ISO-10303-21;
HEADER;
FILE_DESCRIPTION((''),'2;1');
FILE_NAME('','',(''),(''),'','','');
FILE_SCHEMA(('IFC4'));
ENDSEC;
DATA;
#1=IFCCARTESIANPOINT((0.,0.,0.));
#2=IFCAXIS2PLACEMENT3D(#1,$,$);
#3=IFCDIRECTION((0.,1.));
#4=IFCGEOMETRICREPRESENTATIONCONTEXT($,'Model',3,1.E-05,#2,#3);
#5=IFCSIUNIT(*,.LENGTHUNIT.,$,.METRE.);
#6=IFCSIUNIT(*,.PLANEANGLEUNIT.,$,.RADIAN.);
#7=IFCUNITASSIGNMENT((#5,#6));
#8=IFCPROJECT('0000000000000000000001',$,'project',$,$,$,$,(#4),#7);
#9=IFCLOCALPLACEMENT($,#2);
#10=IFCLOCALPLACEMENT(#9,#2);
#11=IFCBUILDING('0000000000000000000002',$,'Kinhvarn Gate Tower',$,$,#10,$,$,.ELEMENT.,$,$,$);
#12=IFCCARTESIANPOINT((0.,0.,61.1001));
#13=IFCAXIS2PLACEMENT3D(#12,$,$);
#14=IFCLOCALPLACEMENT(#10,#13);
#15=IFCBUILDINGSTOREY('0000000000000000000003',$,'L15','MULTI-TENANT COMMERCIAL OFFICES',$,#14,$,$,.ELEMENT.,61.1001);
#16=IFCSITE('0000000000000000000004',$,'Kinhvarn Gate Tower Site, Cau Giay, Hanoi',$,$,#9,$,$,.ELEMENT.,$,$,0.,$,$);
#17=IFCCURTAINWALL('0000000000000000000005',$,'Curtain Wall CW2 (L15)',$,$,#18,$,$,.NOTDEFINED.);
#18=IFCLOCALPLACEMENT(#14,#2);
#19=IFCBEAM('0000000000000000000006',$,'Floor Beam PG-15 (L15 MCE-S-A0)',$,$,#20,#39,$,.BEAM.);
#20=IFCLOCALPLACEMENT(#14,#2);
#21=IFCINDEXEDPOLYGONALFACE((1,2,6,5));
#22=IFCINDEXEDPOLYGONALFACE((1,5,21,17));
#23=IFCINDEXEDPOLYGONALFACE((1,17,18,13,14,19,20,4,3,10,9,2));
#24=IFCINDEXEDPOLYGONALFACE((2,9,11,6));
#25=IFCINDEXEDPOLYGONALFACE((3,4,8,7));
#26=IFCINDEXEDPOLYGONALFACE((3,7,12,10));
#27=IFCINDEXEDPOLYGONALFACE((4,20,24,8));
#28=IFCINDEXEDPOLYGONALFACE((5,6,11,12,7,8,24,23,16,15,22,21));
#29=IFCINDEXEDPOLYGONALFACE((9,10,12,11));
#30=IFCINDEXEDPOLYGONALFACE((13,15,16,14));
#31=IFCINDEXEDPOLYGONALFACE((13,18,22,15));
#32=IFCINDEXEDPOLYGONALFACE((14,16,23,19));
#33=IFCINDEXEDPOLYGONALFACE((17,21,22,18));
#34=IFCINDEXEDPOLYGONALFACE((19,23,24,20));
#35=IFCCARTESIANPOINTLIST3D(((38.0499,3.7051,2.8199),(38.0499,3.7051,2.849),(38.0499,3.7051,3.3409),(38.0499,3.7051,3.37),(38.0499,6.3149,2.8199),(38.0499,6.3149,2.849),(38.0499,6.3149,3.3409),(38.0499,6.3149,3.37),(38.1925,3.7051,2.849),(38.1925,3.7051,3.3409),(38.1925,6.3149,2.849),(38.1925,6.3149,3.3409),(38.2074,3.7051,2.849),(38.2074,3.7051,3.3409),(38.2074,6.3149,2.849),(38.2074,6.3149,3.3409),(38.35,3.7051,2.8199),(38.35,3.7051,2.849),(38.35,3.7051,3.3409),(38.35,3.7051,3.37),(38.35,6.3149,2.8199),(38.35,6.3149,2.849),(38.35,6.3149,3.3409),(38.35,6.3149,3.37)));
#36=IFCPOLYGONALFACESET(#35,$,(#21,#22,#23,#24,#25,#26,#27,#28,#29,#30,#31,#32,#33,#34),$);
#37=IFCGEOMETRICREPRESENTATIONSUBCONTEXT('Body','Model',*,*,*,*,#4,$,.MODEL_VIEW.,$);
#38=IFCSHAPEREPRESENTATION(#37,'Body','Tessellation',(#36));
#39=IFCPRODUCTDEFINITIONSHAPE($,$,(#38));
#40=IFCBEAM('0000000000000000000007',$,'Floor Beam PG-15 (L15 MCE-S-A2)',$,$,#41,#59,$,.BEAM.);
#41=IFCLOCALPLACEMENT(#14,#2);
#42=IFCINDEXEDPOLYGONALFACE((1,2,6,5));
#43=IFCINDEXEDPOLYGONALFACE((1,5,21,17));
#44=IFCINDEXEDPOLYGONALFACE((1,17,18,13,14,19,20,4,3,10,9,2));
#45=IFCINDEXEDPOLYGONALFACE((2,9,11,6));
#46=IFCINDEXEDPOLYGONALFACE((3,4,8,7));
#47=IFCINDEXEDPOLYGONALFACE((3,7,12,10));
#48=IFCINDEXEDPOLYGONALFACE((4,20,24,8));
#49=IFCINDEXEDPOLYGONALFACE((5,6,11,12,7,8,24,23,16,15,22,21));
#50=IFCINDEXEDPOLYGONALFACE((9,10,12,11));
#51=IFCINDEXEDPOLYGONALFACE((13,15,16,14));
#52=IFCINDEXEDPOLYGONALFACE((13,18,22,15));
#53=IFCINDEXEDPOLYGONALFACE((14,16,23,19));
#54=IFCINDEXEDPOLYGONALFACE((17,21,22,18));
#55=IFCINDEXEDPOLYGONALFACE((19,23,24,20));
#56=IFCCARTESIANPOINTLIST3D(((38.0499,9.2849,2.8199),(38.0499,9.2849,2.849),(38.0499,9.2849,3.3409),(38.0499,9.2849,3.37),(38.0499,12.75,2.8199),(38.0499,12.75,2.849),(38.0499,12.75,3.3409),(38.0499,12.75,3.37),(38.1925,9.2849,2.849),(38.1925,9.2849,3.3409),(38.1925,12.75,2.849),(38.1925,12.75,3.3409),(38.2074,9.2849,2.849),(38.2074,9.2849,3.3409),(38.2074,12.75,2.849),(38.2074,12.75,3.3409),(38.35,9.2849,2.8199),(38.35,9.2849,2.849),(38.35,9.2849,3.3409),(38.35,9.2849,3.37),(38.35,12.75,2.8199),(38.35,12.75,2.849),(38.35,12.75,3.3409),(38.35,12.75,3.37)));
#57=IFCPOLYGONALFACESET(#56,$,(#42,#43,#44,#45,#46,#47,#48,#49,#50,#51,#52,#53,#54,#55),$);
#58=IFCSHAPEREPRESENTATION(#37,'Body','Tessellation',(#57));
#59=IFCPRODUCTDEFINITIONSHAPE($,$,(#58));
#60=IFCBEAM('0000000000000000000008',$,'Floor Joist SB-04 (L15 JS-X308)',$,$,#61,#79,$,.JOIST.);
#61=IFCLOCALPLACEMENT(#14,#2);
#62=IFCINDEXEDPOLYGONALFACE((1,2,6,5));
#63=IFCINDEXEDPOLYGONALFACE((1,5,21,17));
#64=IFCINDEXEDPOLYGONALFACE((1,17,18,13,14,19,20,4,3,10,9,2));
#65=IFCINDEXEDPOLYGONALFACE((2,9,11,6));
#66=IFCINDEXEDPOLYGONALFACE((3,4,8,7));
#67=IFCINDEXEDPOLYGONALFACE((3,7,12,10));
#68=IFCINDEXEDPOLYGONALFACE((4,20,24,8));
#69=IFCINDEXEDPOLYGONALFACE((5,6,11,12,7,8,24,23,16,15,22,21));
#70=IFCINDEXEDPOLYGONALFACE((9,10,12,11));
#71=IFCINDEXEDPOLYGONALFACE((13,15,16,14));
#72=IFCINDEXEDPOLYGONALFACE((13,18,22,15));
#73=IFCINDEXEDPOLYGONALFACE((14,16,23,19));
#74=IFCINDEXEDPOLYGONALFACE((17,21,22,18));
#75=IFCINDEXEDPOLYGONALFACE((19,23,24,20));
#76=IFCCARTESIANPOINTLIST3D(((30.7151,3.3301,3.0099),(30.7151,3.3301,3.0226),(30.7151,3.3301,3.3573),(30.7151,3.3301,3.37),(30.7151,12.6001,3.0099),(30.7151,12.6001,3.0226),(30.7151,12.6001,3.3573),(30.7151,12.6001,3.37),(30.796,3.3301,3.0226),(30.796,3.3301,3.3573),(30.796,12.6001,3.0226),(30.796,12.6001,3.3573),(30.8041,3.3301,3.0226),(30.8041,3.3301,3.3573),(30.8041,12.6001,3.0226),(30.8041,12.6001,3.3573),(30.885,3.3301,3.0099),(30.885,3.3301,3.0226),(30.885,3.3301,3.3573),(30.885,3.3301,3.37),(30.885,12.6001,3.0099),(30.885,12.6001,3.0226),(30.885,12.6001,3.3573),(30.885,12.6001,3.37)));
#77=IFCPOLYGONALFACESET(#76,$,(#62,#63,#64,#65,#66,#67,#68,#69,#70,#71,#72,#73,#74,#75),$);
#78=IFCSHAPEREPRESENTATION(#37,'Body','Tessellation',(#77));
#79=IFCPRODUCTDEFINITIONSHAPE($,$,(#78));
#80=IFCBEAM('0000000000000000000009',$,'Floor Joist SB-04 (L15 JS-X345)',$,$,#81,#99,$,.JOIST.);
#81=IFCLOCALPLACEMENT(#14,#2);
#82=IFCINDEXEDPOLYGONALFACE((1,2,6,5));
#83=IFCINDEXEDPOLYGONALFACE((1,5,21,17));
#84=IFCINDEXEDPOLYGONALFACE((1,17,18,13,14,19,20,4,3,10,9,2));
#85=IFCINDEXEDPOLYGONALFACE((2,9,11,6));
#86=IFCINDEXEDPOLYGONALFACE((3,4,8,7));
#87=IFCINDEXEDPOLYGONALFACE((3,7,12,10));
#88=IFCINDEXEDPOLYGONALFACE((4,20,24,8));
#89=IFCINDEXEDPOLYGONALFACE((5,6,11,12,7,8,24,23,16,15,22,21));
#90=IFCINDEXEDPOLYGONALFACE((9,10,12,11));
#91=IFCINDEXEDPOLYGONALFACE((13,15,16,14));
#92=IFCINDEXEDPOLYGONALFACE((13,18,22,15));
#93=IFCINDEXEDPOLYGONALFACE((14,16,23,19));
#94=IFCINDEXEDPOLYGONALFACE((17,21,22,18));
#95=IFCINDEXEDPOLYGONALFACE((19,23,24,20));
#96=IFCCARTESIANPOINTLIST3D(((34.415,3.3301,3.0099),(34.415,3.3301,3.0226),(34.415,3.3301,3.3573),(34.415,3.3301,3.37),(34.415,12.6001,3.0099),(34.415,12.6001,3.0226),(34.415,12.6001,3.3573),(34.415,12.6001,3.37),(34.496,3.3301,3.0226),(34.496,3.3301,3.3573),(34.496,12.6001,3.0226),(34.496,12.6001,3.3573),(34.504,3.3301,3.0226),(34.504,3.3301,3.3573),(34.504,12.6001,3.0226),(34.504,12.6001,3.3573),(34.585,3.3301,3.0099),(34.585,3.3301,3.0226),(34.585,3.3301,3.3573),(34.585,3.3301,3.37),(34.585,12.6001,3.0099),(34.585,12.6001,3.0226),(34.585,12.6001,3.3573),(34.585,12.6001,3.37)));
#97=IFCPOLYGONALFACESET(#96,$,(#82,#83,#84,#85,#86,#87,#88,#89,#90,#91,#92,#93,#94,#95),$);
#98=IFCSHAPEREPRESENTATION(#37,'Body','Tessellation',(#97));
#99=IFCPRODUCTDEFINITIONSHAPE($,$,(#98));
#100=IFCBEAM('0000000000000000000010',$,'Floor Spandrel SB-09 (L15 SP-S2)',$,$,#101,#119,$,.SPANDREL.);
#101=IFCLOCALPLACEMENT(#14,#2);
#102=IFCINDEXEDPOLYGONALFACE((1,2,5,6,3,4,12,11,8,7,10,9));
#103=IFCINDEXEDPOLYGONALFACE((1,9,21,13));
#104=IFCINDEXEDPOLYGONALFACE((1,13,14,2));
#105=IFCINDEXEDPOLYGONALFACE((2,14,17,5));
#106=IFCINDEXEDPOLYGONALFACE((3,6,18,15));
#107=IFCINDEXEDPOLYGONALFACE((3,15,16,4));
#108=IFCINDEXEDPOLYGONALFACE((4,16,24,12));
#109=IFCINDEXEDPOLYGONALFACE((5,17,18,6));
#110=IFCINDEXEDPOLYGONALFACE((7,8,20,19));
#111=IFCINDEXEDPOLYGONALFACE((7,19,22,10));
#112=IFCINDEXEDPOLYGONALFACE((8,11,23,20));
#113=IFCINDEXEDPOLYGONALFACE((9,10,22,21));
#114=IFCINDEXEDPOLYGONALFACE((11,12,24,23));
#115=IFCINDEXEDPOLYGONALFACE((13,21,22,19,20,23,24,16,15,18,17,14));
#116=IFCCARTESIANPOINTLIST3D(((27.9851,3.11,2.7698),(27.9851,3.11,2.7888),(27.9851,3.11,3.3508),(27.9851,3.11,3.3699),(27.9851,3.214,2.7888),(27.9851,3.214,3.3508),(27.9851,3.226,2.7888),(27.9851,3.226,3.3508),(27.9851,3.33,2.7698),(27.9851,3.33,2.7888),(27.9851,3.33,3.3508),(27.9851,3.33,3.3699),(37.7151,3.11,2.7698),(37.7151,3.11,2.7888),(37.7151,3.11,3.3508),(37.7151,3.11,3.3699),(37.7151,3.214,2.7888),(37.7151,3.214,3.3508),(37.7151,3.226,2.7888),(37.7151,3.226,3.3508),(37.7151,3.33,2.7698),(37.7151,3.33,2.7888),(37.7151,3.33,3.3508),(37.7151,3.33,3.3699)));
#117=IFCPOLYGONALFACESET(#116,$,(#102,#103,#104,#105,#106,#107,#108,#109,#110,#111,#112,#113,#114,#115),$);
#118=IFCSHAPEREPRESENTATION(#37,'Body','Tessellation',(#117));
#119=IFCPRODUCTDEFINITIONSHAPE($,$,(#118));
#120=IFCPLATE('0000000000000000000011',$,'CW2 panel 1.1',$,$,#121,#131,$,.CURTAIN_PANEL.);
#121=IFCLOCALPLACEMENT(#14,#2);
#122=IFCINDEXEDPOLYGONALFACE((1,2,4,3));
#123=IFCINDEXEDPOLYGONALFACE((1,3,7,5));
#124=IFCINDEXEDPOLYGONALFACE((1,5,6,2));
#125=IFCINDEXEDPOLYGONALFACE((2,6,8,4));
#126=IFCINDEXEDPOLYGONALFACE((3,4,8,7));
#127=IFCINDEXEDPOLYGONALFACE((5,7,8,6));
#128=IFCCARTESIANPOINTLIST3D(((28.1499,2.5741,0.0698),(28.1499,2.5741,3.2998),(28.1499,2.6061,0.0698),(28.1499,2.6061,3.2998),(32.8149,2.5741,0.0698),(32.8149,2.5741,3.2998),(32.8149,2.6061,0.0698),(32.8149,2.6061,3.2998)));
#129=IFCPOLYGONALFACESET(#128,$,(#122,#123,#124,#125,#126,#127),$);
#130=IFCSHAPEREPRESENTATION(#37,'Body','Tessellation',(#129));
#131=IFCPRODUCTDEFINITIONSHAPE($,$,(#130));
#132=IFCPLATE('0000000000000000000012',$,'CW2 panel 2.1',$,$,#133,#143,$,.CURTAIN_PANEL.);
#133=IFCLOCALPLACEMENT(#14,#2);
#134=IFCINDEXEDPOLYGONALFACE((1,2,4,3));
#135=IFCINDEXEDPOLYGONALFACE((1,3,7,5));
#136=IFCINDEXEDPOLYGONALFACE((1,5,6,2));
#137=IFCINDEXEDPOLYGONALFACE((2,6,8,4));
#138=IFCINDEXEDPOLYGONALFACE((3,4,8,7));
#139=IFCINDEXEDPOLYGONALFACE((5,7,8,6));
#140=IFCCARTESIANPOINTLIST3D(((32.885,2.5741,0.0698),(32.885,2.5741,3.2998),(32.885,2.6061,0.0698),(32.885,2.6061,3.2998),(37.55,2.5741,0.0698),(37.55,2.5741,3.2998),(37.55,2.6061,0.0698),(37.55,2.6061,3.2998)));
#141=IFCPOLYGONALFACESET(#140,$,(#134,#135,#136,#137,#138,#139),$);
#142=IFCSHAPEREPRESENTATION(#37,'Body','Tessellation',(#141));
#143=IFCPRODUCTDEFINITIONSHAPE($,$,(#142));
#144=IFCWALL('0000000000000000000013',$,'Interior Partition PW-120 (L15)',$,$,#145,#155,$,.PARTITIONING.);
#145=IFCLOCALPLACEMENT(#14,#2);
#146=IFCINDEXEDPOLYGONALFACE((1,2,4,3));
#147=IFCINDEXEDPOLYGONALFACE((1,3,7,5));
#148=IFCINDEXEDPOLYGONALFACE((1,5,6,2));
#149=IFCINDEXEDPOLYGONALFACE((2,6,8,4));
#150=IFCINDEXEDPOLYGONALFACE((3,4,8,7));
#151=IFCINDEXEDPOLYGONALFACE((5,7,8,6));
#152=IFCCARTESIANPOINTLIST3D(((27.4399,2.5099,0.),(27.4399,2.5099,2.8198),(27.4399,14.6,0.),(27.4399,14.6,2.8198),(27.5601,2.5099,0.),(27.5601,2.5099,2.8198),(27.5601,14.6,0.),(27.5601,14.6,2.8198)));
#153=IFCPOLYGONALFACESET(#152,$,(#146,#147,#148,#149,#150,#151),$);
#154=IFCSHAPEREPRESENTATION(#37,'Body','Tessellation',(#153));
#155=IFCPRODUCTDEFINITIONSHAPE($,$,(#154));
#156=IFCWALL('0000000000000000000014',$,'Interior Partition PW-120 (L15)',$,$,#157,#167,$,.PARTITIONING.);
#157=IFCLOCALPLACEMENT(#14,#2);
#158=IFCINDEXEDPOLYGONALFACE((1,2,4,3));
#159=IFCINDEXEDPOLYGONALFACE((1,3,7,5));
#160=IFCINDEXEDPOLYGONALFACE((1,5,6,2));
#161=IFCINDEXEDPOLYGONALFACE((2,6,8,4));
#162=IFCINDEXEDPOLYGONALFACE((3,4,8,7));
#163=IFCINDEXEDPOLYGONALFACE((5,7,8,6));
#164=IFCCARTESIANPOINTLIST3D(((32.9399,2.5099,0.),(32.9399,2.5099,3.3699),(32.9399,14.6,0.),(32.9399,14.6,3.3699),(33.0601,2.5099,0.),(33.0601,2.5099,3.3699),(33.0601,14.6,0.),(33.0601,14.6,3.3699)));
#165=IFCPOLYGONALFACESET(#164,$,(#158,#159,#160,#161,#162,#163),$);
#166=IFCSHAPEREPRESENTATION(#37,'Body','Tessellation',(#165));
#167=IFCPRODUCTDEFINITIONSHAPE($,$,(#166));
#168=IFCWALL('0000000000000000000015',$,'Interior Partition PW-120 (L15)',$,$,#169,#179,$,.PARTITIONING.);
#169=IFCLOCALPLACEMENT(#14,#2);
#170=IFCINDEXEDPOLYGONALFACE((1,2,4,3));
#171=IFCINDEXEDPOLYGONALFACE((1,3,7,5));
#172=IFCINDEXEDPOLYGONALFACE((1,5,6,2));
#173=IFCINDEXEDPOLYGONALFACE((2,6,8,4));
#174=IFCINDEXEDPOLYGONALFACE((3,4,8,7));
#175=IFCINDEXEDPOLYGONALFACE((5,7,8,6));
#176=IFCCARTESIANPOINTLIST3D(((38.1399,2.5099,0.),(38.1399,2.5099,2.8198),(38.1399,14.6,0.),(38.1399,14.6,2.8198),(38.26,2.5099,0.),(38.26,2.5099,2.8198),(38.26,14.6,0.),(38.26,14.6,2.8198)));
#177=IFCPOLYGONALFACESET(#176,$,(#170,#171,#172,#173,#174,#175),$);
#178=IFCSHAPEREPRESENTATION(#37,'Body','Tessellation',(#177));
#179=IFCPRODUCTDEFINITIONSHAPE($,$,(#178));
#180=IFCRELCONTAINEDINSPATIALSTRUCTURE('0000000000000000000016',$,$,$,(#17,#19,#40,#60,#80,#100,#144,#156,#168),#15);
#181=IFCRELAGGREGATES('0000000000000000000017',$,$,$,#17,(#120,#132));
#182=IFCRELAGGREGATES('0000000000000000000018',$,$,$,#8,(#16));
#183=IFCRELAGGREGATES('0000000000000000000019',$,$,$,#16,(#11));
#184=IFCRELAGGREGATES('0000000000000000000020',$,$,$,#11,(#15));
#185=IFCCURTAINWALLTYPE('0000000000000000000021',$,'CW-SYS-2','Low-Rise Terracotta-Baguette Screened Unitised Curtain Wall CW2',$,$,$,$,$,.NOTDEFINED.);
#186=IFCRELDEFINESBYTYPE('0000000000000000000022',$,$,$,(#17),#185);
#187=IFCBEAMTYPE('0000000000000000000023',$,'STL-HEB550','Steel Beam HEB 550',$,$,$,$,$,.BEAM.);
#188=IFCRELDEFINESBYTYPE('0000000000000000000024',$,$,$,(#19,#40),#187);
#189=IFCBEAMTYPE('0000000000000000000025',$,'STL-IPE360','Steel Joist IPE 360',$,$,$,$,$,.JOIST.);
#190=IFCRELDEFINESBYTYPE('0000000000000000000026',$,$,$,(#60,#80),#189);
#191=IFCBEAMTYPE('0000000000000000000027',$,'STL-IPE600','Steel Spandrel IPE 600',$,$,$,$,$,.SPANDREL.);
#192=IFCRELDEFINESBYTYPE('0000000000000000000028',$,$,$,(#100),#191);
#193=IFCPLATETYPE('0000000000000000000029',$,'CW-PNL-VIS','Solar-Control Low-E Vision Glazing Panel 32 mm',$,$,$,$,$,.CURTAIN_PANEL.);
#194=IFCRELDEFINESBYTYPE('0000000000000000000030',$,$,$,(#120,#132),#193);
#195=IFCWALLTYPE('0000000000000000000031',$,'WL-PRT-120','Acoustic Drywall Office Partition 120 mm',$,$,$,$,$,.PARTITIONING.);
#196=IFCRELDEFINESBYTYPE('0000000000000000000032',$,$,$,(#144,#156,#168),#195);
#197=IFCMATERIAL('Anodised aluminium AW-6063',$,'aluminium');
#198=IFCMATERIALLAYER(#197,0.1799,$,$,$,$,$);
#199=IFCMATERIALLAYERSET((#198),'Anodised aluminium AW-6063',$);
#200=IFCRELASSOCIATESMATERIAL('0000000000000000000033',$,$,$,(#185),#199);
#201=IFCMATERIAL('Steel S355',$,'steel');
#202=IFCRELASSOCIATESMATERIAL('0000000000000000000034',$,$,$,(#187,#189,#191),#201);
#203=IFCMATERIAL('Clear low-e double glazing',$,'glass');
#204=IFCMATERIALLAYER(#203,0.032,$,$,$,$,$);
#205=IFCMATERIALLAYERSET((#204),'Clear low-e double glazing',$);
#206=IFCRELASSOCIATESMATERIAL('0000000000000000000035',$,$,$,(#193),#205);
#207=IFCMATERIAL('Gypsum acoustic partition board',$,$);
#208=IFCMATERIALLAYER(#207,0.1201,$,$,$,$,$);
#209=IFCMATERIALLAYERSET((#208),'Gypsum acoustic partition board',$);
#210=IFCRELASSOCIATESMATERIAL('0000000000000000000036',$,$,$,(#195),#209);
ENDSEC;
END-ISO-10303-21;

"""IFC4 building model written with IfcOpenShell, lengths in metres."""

from ifc_helpers import new_model, si_unit, direction, frame, frame_2d, origin, origin_2d, place, context, subcontext, project, spatial, rectangle, i_section, extrude, material, layer, layer_set, material_profile, profile_set, type_object, element, aggregate, save


model = new_model("IFC4")

# Units and contexts
model_context = context("Model", 3, precision=1e-05, world=origin(), true_north=direction((0.0, 1.0)))
body_context = subcontext(model_context, "Body", "Model", "MODEL_VIEW")
ifc_project = project(units=[si_unit("LENGTHUNIT", "METRE"), si_unit("PLANEANGLEUNIT", "RADIAN")], contexts=[model_context])

# Site, building, storey
site_placement = place(None, origin())
site = spatial("IfcSite", under=ifc_project, at=site_placement, Name="Kinhvarn Gate Tower Site, Cau Giay, Hanoi", CompositionType="ELEMENT", RefElevation=0.0)
building_placement = place(site_placement, origin())
building = spatial("IfcBuilding", under=site, at=building_placement, Name="Kinhvarn Gate Tower", CompositionType="ELEMENT")
storey_placement = place(building_placement, frame((0.0, 0.0, 61.1001)))
storey = spatial("IfcBuildingStorey", under=building, at=storey_placement, Name="L15", Description="MULTI-TENANT COMMERCIAL OFFICES", CompositionType="ELEMENT", Elevation=61.1001)

# Shared definitions
ifc_material_1 = material(Name="Anodised aluminium AW-6063", Category="aluminium")
ifc_layer_1 = layer(ifc_material_1, 0.1799)
ifc_layer_set_1 = layer_set([ifc_layer_1], Name="Anodised aluminium AW-6063")
curtain_wall_type = type_object("IfcCurtainWallType", Name="CW-SYS-2", Description="Low-Rise Terracotta-Baguette Screened Unitised Curtain Wall CW2", PredefinedType="NOTDEFINED", material=ifc_layer_set_1)

# Curtain wall
curtain_wall_1_placement = place(storey_placement, origin())
curtain_wall_1 = element("IfcCurtainWall", 1, at=curtain_wall_1_placement, inside=storey, type_object=curtain_wall_type, Name="Curtain Wall CW2 (L15)", PredefinedType="NOTDEFINED")

# Beams
ifc_material_2 = material(Name="Steel S355", Category="steel")
ifc_material_profile_1 = material_profile(ifc_material_2, i_section(OverallWidth=0.3, OverallDepth=0.55, WebThickness=0.0149, FlangeThickness=0.0291, at=origin_2d()), Name="HEB 550")
ifc_profile_set_1 = profile_set([ifc_material_profile_1], Name="Steel S355")
beam_type_1 = type_object("IfcBeamType", Name="STL-HEB550", Description="Steel Beam HEB 550", PredefinedType="BEAM", material=ifc_profile_set_1)
beam_1_placement = place(storey_placement, frame((38.2, 3.7051, 3.095), z_axis=(0.0, 1.0, 0.0), x_axis=(-1.0, 0.0, 0.0)))
element("IfcBeam", 2, at=beam_1_placement, inside=storey, type_object=beam_type_1, Name="Floor Beam PG-15 (L15 MCE-S-A0)", PredefinedType="BEAM", context=body_context, shape_type="SweptSolid", body=[
    extrude(i_section(OverallWidth=0.3, OverallDepth=0.55, WebThickness=0.0149, FlangeThickness=0.0291, at=origin_2d()), origin(), (0.0, 0.0, 1.0), 2.6099),
])
beam_2_placement = place(storey_placement, frame((38.2, 9.2849, 3.095), z_axis=(0.0, 1.0, 0.0), x_axis=(-1.0, 0.0, 0.0)))
element("IfcBeam", 3, at=beam_2_placement, inside=storey, type_object=beam_type_1, Name="Floor Beam PG-15 (L15 MCE-S-A2)", PredefinedType="BEAM", context=body_context, shape_type="SweptSolid", body=[
    extrude(i_section(OverallWidth=0.3, OverallDepth=0.55, WebThickness=0.0149, FlangeThickness=0.0291, at=origin_2d()), origin(), (0.0, 0.0, 1.0), 3.4651),
])
ifc_material_profile_2 = material_profile(ifc_material_2, i_section(OverallWidth=0.1699, OverallDepth=0.3601, WebThickness=0.0081, FlangeThickness=0.0127, at=origin_2d()), Name="IPE 360")
ifc_profile_set_2 = profile_set([ifc_material_profile_2], Name="Steel S355")
beam_type_2 = type_object("IfcBeamType", Name="STL-IPE360", Description="Steel Joist IPE 360", PredefinedType="JOIST", material=ifc_profile_set_2)
for number, where, z_axis, x_axis, name in (
    (4, (30.8, 3.3301, 3.1899), (0.0, 1.0, 0.0), (-1.0, 0.0, 0.0), "Floor Joist SB-04 (L15 JS-X308)"),
    (5, (34.5, 3.3301, 3.1899), (0.0, 1.0, 0.0), (-1.0, 0.0, 0.0), "Floor Joist SB-04 (L15 JS-X345)"),
):
    element("IfcBeam", number, at=place(storey_placement, frame(where, z_axis=z_axis, x_axis=x_axis)), inside=storey, type_object=beam_type_2, Name=name, PredefinedType="JOIST", context=body_context, shape_type="SweptSolid", body=[
        extrude(i_section(OverallWidth=0.1699, OverallDepth=0.3601, WebThickness=0.0081, FlangeThickness=0.0127, at=origin_2d()), origin(), (0.0, 0.0, 1.0), 9.27),
    ])
ifc_material_profile_3 = material_profile(ifc_material_2, i_section(OverallWidth=0.22, OverallDepth=0.6001, WebThickness=0.012, FlangeThickness=0.019, at=origin_2d()), Name="IPE 600")
ifc_profile_set_3 = profile_set([ifc_material_profile_3], Name="Steel S355")
beam_type_3 = type_object("IfcBeamType", Name="STL-IPE600", Description="Steel Spandrel IPE 600", PredefinedType="SPANDREL", material=ifc_profile_set_3)
beam_3_placement = place(storey_placement, frame((27.9851, 3.22, 3.0698), z_axis=(1.0, 0.0, 0.0), x_axis=(0.0, 1.0, 0.0)))
element("IfcBeam", 6, at=beam_3_placement, inside=storey, type_object=beam_type_3, Name="Floor Spandrel SB-09 (L15 SP-S2)", PredefinedType="SPANDREL", context=body_context, shape_type="SweptSolid", body=[
    extrude(i_section(OverallWidth=0.22, OverallDepth=0.6001, WebThickness=0.012, FlangeThickness=0.019, at=origin_2d()), origin(), (0.0, 0.0, 1.0), 9.73),
])

# Plates
ifc_material_3 = material(Name="Clear low-e double glazing", Category="glass")
ifc_layer_2 = layer(ifc_material_3, 0.032)
ifc_layer_set_2 = layer_set([ifc_layer_2], Name="Clear low-e double glazing")
plate_type = type_object("IfcPlateType", Name="CW-PNL-VIS", Description="Solar-Control Low-E Vision Glazing Panel 32 mm", PredefinedType="CURTAIN_PANEL", material=ifc_layer_set_2)
plate_1_placement = place(storey_placement, frame((30.4824, 2.5901, 0.0698), z_axis=(0.0, 0.0, 1.0), x_axis=(1.0, 0.0, 0.0)))
plate_1 = element("IfcPlate", 7, at=plate_1_placement, type_object=plate_type, Name="CW2 panel 1.1", PredefinedType="CURTAIN_PANEL", context=body_context, shape_type="SweptSolid", body=[
    extrude(rectangle(XDim=4.665, YDim=0.032, at=origin_2d()), origin(), (0.0, 0.0, 1.0), 3.23),
])
plate_2_placement = place(storey_placement, frame((35.2175, 2.5901, 0.0698), z_axis=(0.0, 0.0, 1.0), x_axis=(1.0, 0.0, 0.0)))
plate_2 = element("IfcPlate", 8, at=plate_2_placement, type_object=plate_type, Name="CW2 panel 2.1", PredefinedType="CURTAIN_PANEL", context=body_context, shape_type="SweptSolid", body=[
    extrude(rectangle(XDim=4.665, YDim=0.032, at=origin_2d()), origin(), (0.0, 0.0, 1.0), 3.23),
])
aggregate(curtain_wall_1, [plate_1, plate_2])

# Walls
ifc_material_4 = material(Name="Gypsum acoustic partition board")
ifc_layer_3 = layer(ifc_material_4, 0.1201)
ifc_layer_set_3 = layer_set([ifc_layer_3], Name="Gypsum acoustic partition board")
wall_type = type_object("IfcWallType", Name="WL-PRT-120", Description="Acoustic Drywall Office Partition 120 mm", PredefinedType="PARTITIONING", material=ifc_layer_set_3)
wall_1_placement = place(storey_placement, frame((27.5, 2.51, 0.0), z_axis=(0.0, 0.0, 1.0), x_axis=(0.0, 1.0, 0.0)))
element("IfcWall", 9, at=wall_1_placement, inside=storey, type_object=wall_type, Name="Interior Partition PW-120 (L15)", PredefinedType="PARTITIONING", context=body_context, shape_type="SweptSolid", body=[
    extrude(rectangle(XDim=12.0901, YDim=0.1201, at=frame_2d((6.0449, 0.0))), origin(), (0.0, 0.0, 1.0), 2.8198),
])
wall_2_placement = place(storey_placement, frame((33.0, 2.51, 0.0), z_axis=(0.0, 0.0, 1.0), x_axis=(0.0, 1.0, 0.0)))
element("IfcWall", 10, at=wall_2_placement, inside=storey, type_object=wall_type, Name="Interior Partition PW-120 (L15)", PredefinedType="PARTITIONING", context=body_context, shape_type="SweptSolid", body=[
    extrude(rectangle(XDim=12.0901, YDim=0.1201, at=frame_2d((6.0449, 0.0))), origin(), (0.0, 0.0, 1.0), 3.3699),
])
wall_3_placement = place(storey_placement, frame((38.2, 2.51, 0.0), z_axis=(0.0, 0.0, 1.0), x_axis=(0.0, 1.0, 0.0)))
element("IfcWall", 11, at=wall_3_placement, inside=storey, type_object=wall_type, Name="Interior Partition PW-120 (L15)", PredefinedType="PARTITIONING", context=body_context, shape_type="SweptSolid", body=[
    extrude(rectangle(XDim=12.0901, YDim=0.1201, at=frame_2d((6.0449, 0.0))), origin(), (0.0, 0.0, 1.0), 2.8198),
])

save(model, "model.ifc")
